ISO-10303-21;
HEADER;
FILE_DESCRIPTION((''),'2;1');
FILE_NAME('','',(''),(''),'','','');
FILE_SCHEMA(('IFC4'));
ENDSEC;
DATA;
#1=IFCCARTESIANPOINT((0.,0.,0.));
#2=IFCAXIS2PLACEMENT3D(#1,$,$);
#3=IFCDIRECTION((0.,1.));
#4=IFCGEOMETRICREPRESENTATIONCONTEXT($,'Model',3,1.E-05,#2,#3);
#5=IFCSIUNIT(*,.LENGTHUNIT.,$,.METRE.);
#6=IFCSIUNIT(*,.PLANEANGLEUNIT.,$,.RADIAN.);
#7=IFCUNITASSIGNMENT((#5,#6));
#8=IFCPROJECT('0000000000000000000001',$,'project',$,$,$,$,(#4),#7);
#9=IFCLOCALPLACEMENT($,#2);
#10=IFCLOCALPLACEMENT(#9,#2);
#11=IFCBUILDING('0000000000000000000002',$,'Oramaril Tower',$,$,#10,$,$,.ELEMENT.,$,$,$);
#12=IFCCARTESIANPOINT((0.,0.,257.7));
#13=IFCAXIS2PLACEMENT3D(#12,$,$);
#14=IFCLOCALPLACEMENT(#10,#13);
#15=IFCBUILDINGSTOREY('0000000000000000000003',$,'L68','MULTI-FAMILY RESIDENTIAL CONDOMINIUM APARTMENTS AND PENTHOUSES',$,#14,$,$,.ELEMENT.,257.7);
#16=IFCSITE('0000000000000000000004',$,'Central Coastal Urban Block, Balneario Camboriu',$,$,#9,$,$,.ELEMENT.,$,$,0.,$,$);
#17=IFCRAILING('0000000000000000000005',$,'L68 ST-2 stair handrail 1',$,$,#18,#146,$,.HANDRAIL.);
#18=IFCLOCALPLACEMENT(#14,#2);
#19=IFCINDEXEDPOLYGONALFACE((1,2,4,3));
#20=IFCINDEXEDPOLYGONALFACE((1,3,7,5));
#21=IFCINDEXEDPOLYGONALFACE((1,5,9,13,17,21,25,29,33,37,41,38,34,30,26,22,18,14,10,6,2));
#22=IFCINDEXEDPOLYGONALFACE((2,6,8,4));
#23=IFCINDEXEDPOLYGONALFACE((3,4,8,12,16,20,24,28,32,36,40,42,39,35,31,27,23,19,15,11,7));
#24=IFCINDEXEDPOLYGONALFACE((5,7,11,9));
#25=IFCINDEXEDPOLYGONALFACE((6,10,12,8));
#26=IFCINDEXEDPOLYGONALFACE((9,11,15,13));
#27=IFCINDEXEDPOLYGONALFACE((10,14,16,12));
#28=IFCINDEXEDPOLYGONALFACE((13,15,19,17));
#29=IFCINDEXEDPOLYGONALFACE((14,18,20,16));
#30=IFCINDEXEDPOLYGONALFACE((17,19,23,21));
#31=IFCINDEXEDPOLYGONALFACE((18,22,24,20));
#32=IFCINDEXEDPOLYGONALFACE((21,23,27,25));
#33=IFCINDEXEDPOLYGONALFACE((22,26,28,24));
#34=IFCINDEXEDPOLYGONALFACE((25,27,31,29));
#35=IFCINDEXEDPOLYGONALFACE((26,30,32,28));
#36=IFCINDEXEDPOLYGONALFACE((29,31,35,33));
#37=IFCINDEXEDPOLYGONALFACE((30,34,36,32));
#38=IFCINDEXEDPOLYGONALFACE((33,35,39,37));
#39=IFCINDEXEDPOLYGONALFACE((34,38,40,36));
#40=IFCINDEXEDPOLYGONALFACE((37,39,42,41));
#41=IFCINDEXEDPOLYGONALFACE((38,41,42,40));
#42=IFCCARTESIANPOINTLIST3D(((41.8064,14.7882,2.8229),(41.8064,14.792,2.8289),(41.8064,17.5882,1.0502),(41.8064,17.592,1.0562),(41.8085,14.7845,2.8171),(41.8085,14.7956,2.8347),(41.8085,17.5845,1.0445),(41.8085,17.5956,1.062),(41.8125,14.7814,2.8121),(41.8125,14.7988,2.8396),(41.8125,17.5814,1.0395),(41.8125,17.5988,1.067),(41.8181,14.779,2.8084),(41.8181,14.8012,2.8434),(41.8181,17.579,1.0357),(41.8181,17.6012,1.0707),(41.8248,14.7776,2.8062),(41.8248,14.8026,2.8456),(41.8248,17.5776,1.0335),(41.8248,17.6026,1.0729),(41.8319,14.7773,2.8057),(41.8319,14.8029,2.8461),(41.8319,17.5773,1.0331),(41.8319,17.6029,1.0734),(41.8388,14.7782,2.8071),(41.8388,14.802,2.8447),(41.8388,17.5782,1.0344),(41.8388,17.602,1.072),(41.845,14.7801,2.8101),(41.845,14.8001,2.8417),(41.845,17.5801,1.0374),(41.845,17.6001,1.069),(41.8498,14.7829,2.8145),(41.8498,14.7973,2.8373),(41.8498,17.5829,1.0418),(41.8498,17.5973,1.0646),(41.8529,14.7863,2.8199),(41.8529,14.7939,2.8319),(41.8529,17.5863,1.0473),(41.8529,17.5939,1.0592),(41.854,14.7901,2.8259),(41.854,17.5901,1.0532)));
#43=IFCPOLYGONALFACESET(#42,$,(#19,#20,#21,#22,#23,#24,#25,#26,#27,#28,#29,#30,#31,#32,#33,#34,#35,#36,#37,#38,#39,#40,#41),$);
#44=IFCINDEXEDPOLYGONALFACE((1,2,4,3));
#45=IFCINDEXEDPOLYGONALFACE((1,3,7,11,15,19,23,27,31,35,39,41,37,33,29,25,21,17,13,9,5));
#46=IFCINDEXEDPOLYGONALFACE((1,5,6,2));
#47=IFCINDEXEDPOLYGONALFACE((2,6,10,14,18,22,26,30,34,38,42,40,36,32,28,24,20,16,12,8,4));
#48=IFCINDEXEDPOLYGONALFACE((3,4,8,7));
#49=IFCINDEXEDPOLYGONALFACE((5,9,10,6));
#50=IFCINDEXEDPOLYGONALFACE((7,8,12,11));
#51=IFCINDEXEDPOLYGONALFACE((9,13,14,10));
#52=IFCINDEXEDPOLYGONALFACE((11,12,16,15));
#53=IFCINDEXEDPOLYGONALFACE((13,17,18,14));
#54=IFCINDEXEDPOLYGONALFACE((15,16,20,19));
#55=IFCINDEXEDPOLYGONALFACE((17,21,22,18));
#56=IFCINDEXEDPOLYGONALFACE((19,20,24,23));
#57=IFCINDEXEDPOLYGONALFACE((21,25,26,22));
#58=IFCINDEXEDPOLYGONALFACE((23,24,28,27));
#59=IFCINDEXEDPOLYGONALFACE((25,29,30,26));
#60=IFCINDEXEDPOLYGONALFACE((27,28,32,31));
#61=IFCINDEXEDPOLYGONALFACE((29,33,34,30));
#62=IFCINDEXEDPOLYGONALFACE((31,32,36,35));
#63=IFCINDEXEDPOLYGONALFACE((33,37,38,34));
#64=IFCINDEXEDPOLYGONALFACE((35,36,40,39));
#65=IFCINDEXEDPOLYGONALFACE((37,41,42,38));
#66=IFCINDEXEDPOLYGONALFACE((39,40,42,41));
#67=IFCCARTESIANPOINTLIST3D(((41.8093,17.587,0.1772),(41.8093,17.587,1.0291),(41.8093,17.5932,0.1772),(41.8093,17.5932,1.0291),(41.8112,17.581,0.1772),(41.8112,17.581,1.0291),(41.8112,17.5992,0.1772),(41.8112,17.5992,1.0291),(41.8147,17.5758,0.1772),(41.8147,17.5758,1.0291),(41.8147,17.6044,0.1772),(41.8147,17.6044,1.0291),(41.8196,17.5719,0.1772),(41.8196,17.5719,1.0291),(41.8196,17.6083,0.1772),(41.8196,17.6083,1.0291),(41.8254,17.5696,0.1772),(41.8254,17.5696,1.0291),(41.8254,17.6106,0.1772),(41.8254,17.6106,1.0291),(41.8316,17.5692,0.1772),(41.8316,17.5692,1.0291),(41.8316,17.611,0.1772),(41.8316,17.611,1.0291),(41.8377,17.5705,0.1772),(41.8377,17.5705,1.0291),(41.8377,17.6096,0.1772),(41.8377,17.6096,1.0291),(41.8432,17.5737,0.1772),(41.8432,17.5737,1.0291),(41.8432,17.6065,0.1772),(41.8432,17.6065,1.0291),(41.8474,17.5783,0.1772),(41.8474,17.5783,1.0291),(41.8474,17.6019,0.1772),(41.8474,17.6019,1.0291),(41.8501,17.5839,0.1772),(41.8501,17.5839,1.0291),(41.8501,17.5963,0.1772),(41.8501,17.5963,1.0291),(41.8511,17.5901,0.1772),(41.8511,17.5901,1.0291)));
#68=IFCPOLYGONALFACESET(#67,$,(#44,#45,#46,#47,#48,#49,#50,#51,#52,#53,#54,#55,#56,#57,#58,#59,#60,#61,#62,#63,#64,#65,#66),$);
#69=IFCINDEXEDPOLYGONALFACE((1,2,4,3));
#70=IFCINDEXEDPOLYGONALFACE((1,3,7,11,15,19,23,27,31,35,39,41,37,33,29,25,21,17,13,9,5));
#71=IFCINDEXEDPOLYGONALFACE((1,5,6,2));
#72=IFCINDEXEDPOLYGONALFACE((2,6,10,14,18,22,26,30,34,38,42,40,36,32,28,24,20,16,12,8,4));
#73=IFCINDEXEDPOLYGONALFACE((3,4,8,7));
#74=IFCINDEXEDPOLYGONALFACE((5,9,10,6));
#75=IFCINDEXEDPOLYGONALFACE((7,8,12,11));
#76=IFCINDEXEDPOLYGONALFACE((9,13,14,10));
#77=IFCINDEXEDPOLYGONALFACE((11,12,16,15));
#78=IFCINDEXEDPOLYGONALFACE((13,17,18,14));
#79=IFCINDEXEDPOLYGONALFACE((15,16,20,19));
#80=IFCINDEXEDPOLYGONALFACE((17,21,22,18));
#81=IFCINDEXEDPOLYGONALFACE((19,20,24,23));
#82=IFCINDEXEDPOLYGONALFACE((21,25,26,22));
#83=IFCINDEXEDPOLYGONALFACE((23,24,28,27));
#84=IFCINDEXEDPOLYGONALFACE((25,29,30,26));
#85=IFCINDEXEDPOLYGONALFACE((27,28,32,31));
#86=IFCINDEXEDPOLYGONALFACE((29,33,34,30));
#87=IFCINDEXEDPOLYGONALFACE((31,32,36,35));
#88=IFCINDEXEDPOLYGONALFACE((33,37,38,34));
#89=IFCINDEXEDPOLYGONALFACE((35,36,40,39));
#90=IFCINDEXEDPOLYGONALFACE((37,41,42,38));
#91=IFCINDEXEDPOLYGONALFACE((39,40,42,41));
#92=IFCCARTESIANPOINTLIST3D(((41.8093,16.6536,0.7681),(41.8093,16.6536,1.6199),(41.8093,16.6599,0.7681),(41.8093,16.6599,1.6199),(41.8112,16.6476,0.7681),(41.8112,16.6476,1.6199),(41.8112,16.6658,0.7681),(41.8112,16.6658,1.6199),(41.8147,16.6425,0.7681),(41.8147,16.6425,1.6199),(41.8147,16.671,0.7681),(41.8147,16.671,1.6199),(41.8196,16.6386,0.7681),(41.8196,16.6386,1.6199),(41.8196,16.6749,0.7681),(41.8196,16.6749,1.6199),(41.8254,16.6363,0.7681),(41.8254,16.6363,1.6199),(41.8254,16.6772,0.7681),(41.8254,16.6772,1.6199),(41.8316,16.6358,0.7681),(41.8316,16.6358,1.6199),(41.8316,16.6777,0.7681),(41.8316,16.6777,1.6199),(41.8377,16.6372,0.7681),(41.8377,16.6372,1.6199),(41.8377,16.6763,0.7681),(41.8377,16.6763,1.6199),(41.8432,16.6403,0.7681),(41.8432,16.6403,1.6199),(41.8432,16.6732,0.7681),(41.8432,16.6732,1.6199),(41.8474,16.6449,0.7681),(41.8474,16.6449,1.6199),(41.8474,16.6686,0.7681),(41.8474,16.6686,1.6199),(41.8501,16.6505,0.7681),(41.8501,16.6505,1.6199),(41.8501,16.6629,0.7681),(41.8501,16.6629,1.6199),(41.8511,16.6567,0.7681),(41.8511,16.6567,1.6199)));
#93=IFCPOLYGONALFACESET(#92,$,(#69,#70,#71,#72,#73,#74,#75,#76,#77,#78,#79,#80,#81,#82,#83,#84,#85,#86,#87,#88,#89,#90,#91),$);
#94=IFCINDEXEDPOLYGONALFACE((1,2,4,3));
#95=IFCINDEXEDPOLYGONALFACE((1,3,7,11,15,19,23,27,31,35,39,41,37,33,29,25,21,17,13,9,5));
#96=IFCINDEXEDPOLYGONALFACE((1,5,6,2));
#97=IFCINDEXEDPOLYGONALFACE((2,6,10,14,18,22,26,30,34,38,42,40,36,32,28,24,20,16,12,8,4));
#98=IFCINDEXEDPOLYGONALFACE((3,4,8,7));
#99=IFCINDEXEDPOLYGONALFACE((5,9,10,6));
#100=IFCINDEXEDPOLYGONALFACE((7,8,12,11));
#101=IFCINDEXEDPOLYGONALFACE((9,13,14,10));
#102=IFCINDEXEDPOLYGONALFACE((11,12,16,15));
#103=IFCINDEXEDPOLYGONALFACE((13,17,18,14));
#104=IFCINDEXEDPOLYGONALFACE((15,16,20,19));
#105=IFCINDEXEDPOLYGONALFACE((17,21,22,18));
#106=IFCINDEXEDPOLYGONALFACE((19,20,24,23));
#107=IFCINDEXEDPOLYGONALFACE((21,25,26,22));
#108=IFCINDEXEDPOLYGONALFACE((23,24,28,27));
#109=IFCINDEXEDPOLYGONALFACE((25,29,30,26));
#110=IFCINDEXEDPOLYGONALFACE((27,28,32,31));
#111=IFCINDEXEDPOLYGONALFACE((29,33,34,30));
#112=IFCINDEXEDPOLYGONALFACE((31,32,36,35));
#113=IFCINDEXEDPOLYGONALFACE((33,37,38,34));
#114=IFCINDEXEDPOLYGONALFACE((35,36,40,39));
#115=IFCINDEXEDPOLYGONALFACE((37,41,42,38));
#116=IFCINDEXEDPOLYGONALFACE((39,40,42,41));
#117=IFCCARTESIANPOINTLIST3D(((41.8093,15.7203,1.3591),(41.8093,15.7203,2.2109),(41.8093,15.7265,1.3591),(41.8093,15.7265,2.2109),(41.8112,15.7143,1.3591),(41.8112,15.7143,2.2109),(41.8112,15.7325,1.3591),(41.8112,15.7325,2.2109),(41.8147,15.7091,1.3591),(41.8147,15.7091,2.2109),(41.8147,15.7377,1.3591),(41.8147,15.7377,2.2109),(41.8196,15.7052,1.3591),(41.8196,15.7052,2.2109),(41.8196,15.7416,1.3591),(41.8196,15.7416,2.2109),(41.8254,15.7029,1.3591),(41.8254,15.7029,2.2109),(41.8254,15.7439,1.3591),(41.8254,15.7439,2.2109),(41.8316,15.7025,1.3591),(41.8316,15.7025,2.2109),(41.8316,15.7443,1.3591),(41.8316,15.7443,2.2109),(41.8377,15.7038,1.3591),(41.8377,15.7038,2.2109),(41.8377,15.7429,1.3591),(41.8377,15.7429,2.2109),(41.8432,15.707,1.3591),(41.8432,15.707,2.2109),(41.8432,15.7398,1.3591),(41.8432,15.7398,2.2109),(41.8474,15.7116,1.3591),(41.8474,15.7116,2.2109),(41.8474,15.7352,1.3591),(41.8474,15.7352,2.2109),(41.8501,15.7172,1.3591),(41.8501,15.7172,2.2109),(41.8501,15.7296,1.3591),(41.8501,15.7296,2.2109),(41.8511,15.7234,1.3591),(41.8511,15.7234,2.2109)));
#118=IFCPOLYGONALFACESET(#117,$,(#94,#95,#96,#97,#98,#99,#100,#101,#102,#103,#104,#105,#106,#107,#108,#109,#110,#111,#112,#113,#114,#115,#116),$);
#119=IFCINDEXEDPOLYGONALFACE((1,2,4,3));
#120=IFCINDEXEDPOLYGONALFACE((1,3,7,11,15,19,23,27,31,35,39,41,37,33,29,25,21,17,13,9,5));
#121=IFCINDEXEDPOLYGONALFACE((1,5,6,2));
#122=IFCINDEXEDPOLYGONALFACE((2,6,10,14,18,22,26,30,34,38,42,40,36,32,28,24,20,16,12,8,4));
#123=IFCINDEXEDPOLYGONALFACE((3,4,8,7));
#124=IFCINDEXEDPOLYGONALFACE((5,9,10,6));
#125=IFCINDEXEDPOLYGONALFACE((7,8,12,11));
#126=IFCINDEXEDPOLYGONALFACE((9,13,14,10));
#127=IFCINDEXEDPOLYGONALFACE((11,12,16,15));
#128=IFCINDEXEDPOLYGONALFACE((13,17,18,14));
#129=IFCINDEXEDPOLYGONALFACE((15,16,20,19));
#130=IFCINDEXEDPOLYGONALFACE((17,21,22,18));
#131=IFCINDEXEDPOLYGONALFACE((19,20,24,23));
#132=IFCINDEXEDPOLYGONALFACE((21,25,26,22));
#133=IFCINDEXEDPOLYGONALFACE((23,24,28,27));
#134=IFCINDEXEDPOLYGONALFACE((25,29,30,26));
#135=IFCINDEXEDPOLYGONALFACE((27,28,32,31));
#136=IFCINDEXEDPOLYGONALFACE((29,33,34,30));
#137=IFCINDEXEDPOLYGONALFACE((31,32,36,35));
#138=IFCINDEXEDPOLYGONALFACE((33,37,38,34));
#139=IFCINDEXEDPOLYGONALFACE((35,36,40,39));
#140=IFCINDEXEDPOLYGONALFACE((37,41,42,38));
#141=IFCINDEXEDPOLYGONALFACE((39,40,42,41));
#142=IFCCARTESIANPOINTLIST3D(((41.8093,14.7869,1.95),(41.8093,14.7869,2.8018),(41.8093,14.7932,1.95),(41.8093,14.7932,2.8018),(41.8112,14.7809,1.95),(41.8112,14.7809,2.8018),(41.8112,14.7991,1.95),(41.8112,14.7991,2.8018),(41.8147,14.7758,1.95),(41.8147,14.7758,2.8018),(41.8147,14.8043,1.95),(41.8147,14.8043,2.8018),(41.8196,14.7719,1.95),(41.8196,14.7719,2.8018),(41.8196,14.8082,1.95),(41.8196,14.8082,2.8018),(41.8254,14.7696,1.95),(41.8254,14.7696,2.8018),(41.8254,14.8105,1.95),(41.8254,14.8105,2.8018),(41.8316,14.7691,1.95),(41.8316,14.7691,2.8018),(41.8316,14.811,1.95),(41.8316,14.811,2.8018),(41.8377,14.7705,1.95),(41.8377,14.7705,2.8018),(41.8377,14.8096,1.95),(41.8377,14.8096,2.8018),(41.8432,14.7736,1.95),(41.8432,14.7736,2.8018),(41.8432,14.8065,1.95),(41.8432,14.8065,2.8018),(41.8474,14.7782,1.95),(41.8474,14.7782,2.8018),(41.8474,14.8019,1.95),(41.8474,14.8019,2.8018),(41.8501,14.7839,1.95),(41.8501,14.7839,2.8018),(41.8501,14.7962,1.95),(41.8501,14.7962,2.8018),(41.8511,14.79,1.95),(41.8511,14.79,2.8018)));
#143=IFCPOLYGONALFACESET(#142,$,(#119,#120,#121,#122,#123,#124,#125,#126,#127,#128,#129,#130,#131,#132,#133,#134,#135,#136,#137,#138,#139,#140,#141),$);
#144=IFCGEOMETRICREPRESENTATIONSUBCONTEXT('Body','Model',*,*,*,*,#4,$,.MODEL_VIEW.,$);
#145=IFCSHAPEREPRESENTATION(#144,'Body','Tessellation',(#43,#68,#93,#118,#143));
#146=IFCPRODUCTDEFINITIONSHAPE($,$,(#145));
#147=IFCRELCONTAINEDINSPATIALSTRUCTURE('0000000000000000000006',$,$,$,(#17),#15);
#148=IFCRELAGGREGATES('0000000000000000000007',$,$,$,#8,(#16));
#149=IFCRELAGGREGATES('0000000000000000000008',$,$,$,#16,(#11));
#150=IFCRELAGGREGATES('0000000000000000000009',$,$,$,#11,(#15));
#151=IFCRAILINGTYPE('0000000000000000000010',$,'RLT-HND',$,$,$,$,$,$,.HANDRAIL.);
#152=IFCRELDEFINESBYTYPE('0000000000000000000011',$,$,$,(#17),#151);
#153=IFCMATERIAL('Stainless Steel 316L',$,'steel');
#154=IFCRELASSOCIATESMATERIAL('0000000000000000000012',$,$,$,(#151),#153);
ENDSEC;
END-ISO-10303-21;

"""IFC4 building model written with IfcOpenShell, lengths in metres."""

from ifc_helpers import new_model, si_unit, direction, frame, origin, origin_2d, place, context, subcontext, project, spatial, circle, extrude, material, type_object, element, save


model = new_model("IFC4")

# Units and contexts
model_context = context("Model", 3, precision=1e-05, world=origin(), true_north=direction((0.0, 1.0)))
body_context = subcontext(model_context, "Body", "Model", "MODEL_VIEW")
ifc_project = project(units=[si_unit("LENGTHUNIT", "METRE"), si_unit("PLANEANGLEUNIT", "RADIAN")], contexts=[model_context])

# Site, building, storey
site_placement = place(None, origin())
site = spatial("IfcSite", under=ifc_project, at=site_placement, Name="Central Coastal Urban Block, Balneario Camboriu", CompositionType="ELEMENT", RefElevation=0.0)
building_placement = place(site_placement, origin())
building = spatial("IfcBuilding", under=site, at=building_placement, Name="Oramaril Tower", CompositionType="ELEMENT")
storey_placement = place(building_placement, frame((0.0, 0.0, 257.7)))
storey = spatial("IfcBuildingStorey", under=building, at=storey_placement, Name="L68", Description="MULTI-FAMILY RESIDENTIAL CONDOMINIUM APARTMENTS AND PENTHOUSES", CompositionType="ELEMENT", Elevation=257.7)

# Railing
ifc_material_1 = material(Name="Stainless Steel 316L", Category="steel")
railing_type_1 = type_object("IfcRailingType", Name="RLT-HND", PredefinedType="HANDRAIL", material=ifc_material_1)
railing_1_placement = place(storey_placement, frame((41.8301, 17.5901, 0.1772)))
element("IfcRailing", 1, at=railing_1_placement, inside=storey, type_object=railing_type_1, Name="L68 ST-2 stair handrail 1", PredefinedType="HANDRAIL", context=body_context, shape_type="SweptSolid", body=[
    extrude(circle(Radius=0.0239, at=origin_2d()), frame((0.0, 0.0, 0.876), z_axis=(0.0, -0.844909, 0.53491), x_axis=(1.0, 0.0, 0.0)), (0.0, 0.0, 1.0), 3.314),
    extrude(circle(Radius=0.021, at=origin_2d()), origin(), (0.0, 0.0, 1.0), 0.8518),
    extrude(circle(Radius=0.021, at=origin_2d()), frame((0.0, -0.9333, 0.5908)), (0.0, 0.0, 1.0), 0.8518),
    extrude(circle(Radius=0.021, at=origin_2d()), frame((0.0, -1.8667, 1.1819)), (0.0, 0.0, 1.0), 0.8518),
    extrude(circle(Radius=0.021, at=origin_2d()), frame((0.0, -2.8, 1.7727)), (0.0, 0.0, 1.0), 0.8518),
])

save(model, "model.ifc")
